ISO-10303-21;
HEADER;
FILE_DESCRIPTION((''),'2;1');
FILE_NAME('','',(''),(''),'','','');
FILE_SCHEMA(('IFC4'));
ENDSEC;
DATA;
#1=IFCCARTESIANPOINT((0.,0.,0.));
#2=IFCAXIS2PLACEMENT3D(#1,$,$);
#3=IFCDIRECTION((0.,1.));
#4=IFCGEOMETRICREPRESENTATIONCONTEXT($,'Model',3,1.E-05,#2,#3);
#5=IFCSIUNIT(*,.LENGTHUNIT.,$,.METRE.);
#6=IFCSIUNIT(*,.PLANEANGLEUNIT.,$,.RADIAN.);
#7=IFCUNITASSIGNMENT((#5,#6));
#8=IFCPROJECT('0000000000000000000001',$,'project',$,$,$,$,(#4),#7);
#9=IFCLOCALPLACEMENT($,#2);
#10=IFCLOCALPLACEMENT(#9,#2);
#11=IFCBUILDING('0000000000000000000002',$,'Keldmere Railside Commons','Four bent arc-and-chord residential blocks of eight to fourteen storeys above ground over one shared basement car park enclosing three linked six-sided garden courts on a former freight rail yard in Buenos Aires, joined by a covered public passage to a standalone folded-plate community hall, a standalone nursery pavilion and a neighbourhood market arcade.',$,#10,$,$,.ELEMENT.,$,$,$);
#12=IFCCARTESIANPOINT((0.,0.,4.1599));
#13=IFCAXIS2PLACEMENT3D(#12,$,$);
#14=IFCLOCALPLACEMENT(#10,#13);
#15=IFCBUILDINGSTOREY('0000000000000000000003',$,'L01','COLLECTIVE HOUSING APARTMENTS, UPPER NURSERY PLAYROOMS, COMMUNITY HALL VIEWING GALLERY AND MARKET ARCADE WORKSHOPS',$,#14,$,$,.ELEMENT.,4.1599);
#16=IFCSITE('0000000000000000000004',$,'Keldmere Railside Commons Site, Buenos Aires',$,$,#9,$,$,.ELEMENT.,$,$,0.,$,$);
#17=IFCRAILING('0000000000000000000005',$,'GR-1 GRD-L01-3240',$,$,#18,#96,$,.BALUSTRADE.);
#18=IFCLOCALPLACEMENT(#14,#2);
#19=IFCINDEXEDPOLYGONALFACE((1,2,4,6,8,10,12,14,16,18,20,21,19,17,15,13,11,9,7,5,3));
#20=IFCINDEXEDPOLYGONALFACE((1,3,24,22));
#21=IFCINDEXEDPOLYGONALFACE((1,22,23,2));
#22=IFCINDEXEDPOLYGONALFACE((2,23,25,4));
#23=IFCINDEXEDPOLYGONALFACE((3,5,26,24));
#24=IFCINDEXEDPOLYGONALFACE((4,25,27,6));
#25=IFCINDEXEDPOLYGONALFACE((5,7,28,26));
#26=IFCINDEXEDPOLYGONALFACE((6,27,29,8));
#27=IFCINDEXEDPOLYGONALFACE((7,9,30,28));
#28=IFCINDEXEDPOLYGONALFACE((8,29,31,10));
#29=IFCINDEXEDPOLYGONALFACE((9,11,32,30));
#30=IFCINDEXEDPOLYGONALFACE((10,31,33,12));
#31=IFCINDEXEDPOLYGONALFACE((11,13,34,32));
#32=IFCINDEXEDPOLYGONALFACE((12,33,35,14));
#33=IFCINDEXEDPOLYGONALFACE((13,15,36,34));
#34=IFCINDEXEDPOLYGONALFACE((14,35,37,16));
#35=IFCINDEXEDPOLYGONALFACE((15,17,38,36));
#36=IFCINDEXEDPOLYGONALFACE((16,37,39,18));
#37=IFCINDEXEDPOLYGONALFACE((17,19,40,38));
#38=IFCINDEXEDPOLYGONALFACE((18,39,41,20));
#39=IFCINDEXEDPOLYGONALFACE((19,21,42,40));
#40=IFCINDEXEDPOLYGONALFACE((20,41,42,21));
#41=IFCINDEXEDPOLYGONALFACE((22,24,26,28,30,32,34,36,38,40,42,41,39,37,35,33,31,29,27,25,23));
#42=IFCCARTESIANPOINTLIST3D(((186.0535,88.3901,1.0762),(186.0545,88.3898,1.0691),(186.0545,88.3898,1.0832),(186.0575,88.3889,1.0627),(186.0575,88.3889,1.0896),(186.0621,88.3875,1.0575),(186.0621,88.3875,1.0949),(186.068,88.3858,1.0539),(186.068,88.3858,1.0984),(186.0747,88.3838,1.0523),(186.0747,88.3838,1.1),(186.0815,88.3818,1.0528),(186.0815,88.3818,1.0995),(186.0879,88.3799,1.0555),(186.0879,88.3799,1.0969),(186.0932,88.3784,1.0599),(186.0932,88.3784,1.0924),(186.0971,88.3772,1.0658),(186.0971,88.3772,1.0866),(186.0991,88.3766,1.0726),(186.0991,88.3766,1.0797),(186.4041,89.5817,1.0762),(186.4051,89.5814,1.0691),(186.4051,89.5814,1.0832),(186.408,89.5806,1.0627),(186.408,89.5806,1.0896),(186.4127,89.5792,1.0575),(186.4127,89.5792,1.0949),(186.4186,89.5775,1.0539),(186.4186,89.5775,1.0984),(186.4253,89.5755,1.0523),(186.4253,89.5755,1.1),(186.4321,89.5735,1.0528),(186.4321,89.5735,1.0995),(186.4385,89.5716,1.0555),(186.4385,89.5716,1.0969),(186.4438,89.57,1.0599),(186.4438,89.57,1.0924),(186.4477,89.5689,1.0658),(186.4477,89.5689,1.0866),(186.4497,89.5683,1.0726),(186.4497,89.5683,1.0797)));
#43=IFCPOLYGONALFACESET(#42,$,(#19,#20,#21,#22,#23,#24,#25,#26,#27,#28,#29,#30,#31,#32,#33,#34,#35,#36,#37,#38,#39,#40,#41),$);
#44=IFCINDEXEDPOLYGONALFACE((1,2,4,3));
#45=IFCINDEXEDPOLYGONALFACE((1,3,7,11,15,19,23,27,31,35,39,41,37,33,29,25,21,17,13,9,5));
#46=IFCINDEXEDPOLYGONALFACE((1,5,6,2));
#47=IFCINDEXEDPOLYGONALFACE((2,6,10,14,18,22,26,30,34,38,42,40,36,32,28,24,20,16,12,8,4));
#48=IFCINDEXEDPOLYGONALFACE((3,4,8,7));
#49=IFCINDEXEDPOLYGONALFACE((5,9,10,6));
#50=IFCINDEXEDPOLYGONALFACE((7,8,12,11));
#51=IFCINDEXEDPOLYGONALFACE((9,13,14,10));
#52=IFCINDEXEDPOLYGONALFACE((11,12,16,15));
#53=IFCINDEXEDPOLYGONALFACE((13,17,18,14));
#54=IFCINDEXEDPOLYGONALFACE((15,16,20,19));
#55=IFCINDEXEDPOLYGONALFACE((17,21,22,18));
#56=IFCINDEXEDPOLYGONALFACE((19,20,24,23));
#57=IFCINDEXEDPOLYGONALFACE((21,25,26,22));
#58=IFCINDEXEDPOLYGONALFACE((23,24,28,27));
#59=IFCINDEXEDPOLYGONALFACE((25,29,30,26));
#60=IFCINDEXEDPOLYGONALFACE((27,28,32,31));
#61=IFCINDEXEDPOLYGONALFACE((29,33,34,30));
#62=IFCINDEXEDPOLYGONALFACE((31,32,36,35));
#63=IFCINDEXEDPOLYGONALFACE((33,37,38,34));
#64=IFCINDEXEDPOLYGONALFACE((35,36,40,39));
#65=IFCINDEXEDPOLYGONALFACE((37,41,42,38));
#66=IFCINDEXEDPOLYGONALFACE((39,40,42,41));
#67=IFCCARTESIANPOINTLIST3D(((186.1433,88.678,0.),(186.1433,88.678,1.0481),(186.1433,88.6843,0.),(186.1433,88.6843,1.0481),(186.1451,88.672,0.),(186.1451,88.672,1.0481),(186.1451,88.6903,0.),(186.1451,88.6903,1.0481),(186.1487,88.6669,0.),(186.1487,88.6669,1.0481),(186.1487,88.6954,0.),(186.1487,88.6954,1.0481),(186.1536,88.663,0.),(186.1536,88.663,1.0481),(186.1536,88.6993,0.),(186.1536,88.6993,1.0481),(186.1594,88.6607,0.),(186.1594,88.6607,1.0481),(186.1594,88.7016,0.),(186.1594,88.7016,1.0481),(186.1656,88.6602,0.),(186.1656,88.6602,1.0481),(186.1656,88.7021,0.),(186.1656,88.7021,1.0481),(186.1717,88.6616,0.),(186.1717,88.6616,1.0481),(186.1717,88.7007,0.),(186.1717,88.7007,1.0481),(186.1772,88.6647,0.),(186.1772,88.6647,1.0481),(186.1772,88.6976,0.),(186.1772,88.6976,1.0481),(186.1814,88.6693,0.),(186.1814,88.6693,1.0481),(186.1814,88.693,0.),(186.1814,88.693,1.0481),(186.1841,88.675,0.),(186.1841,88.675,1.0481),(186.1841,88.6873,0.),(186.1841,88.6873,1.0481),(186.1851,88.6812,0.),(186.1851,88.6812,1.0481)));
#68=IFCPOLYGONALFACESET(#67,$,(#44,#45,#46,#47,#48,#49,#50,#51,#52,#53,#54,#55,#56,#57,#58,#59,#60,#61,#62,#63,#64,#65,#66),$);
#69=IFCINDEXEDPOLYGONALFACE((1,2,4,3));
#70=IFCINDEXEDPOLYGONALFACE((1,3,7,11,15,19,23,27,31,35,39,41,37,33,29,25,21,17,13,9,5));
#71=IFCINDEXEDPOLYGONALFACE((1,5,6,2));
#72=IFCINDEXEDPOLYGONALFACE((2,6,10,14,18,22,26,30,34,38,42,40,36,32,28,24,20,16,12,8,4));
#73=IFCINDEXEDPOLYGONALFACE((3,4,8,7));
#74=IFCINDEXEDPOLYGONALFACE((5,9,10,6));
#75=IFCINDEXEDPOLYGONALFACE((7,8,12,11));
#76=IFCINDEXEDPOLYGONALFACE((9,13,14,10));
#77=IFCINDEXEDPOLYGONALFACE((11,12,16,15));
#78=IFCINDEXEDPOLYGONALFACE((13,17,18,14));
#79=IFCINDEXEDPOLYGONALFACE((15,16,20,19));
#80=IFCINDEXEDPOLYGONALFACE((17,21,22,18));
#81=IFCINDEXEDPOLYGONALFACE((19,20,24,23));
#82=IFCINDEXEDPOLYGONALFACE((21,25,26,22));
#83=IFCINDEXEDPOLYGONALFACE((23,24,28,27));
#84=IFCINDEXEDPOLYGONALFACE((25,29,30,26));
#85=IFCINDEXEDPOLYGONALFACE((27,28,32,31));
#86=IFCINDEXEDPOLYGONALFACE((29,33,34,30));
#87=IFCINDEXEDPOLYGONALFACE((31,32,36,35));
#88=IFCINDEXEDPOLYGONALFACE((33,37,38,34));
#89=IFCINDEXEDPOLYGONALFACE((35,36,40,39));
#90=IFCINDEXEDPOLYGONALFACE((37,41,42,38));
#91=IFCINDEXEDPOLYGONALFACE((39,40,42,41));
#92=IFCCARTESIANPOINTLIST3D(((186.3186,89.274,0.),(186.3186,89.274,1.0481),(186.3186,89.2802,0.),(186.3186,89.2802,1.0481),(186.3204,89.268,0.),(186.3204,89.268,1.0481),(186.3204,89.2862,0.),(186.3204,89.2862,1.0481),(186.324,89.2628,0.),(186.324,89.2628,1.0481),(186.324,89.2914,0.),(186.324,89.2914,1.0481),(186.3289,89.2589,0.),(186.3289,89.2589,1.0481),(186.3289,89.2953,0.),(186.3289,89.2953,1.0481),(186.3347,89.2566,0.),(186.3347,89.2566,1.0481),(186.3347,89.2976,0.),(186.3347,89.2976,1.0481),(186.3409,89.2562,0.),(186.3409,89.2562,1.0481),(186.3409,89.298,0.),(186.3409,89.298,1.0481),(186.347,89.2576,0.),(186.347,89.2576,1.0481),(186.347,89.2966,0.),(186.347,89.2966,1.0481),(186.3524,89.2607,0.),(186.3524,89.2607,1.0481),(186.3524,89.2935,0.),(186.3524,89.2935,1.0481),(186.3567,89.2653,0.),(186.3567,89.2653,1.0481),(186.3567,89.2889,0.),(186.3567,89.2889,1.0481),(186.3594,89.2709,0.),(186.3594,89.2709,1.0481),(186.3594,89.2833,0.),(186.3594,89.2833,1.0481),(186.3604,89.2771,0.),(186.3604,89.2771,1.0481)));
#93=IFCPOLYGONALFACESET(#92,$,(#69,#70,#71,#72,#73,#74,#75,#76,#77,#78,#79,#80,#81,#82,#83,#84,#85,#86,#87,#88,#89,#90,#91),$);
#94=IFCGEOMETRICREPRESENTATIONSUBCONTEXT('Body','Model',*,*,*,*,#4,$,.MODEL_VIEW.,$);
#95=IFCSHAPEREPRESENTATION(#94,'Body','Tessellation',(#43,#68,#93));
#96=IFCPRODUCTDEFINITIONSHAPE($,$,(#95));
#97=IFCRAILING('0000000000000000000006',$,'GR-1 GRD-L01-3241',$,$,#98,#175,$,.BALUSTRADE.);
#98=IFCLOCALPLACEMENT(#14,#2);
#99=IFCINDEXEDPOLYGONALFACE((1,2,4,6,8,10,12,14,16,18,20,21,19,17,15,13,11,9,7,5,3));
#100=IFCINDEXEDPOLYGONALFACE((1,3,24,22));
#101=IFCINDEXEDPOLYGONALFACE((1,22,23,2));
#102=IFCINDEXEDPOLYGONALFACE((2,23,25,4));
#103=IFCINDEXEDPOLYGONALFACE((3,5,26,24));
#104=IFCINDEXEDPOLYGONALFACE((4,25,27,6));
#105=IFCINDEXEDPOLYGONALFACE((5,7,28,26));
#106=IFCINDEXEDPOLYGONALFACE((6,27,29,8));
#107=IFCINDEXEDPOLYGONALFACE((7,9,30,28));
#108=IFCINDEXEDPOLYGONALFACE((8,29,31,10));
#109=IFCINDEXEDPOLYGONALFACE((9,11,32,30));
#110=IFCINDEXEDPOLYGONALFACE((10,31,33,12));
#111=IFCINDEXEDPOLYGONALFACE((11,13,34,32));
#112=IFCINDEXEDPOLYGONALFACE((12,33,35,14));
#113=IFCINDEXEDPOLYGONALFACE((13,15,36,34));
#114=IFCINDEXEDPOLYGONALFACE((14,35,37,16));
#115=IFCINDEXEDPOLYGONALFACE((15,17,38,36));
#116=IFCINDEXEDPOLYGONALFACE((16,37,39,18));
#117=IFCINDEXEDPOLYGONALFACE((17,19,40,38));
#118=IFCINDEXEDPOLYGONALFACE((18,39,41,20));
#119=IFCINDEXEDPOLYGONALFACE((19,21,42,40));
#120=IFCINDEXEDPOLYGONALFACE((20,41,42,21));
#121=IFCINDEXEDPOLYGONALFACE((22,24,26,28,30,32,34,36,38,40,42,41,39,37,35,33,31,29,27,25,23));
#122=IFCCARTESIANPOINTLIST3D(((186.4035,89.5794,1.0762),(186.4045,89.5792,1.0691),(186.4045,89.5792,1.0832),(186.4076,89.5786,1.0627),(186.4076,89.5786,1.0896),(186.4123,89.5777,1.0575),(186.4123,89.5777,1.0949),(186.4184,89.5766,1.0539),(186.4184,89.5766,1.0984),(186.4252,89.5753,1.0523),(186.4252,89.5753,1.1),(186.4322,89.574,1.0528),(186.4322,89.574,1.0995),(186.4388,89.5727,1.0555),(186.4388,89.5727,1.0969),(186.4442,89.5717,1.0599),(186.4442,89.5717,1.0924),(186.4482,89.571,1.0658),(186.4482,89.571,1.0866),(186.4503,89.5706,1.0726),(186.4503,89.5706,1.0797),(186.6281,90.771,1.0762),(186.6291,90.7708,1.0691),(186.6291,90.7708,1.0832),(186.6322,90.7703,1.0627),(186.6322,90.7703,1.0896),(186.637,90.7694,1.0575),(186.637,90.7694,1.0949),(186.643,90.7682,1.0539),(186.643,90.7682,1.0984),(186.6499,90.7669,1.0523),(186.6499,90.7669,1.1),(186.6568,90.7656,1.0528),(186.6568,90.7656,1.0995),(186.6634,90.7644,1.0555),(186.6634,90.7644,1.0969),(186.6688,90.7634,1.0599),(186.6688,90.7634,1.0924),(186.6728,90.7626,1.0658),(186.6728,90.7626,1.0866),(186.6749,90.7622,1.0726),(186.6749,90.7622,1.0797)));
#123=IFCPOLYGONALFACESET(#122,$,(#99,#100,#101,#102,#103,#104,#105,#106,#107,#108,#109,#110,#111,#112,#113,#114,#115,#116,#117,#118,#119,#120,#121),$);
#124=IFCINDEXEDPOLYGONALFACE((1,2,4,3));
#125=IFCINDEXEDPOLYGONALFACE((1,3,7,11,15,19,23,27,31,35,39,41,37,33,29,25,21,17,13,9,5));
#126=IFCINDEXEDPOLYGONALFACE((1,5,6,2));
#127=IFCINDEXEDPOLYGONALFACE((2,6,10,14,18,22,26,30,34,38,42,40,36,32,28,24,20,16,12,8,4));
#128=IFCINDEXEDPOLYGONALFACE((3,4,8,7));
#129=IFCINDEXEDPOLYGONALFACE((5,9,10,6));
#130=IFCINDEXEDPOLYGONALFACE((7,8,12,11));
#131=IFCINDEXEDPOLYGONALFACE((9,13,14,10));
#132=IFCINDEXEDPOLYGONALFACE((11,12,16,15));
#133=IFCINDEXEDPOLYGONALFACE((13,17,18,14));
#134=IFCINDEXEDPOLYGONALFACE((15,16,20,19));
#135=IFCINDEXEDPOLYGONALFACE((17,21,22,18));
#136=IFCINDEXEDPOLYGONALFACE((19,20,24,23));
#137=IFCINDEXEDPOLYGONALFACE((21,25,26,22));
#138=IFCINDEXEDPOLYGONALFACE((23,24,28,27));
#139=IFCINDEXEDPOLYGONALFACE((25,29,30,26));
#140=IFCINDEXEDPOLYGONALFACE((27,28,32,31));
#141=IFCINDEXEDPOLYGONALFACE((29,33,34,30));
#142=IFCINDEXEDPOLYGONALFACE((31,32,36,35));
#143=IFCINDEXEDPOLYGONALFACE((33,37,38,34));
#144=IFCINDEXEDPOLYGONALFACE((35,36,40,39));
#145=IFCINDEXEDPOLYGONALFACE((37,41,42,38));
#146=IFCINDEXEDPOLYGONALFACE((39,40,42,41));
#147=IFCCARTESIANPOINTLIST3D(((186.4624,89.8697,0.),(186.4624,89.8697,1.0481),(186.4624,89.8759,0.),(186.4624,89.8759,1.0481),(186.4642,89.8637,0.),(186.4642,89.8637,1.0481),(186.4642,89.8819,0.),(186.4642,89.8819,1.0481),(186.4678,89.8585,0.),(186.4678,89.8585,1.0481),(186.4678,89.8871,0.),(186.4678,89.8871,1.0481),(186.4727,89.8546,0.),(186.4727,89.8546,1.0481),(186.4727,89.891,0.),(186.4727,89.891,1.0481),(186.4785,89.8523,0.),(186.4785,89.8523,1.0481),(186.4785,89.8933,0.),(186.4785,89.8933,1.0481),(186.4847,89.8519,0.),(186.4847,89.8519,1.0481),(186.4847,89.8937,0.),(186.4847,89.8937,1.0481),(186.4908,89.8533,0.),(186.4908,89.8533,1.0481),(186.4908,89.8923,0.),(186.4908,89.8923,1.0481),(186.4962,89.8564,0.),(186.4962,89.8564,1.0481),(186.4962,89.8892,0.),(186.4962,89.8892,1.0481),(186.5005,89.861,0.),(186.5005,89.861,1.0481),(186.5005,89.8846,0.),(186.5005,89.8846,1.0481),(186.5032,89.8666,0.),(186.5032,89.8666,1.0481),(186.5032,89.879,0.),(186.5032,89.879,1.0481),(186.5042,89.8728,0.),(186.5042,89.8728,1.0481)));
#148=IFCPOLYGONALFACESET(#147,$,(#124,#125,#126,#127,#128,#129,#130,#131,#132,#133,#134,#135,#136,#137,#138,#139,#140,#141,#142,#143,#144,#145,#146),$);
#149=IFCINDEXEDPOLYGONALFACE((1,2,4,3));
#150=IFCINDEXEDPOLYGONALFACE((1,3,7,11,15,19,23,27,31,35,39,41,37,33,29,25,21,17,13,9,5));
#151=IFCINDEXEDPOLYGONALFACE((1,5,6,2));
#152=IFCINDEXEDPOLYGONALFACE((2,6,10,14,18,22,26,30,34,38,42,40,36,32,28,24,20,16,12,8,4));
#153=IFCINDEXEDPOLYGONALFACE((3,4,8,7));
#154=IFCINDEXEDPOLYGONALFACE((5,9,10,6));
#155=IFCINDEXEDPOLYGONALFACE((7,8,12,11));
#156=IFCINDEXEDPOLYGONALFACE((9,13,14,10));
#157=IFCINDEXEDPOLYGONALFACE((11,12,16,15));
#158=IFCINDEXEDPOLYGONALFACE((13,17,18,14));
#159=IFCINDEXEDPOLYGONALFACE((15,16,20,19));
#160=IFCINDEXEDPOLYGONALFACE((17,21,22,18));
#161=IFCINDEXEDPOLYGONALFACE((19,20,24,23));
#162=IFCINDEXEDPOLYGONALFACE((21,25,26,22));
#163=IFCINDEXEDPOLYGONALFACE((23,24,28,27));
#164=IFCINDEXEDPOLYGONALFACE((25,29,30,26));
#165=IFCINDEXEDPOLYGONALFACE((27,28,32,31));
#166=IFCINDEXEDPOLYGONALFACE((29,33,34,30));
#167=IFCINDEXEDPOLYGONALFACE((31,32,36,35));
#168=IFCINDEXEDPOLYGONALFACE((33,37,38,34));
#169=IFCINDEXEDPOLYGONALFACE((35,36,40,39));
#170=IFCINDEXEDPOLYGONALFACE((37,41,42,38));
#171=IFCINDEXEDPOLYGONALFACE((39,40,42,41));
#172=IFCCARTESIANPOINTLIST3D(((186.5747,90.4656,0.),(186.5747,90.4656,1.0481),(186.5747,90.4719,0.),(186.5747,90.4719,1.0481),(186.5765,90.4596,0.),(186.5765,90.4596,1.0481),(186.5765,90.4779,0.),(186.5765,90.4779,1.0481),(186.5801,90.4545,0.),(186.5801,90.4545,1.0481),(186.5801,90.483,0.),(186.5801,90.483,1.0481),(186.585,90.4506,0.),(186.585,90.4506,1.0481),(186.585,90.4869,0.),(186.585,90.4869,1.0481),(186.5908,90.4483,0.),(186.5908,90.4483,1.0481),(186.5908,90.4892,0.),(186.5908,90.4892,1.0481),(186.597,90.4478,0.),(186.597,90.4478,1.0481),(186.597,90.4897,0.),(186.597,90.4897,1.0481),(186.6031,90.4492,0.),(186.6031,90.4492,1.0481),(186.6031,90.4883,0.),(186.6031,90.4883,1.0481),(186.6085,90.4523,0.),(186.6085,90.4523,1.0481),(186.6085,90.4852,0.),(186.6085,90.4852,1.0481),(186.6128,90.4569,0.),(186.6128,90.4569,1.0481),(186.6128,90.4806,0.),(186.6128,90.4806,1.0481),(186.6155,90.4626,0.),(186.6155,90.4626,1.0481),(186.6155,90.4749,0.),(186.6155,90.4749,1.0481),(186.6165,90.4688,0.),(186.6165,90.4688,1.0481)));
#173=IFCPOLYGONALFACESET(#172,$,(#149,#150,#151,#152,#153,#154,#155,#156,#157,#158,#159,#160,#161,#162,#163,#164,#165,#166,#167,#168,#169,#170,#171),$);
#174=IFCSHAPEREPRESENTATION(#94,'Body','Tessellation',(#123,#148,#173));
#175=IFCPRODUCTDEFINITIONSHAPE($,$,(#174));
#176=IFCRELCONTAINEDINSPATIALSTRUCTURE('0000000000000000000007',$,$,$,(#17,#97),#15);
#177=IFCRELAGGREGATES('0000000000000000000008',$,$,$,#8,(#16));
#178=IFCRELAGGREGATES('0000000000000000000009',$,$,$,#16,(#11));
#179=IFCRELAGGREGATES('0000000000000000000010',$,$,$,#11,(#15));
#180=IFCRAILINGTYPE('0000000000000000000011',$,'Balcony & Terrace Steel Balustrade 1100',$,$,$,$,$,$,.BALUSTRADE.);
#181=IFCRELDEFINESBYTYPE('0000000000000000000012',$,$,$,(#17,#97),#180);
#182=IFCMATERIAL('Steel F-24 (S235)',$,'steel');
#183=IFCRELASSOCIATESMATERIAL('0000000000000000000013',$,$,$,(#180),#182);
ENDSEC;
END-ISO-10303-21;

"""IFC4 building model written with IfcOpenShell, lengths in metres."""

from ifc_helpers import new_model, si_unit, direction, frame, origin, origin_2d, place, context, subcontext, project, spatial, circle, extrude, material, type_object, element, save


model = new_model("IFC4")

# Units and contexts
model_context = context("Model", 3, precision=1e-05, world=origin(), true_north=direction((0.0, 1.0)))
body_context = subcontext(model_context, "Body", "Model", "MODEL_VIEW")
ifc_project = project(units=[si_unit("LENGTHUNIT", "METRE"), si_unit("PLANEANGLEUNIT", "RADIAN")], contexts=[model_context])

# Site, building, storey
site_placement = place(None, origin())
site = spatial("IfcSite", under=ifc_project, at=site_placement, Name="Keldmere Railside Commons Site, Buenos Aires", CompositionType="ELEMENT", RefElevation=0.0)
building_placement = place(site_placement, origin())
building = spatial("IfcBuilding", under=site, at=building_placement, Name="Keldmere Railside Commons", Description="Four bent arc-and-chord residential blocks of eight to fourteen storeys above ground over one shared basement car park enclosing three linked six-sided garden courts on a former freight rail yard in Buenos Aires, joined by a covered public passage to a standalone folded-plate community hall, a standalone nursery pavilion and a neighbourhood market arcade.", CompositionType="ELEMENT")
storey_placement = place(building_placement, frame((0.0, 0.0, 4.1599)))
storey = spatial("IfcBuildingStorey", under=building, at=storey_placement, Name="L01", Description="COLLECTIVE HOUSING APARTMENTS, UPPER NURSERY PLAYROOMS, COMMUNITY HALL VIEWING GALLERY AND MARKET ARCADE WORKSHOPS", CompositionType="ELEMENT", Elevation=4.1599)

# Railings
ifc_material_1 = material(Name="Steel F-24 (S235)", Category="steel")
railing_type = type_object("IfcRailingType", Name="Balcony & Terrace Steel Balustrade 1100", PredefinedType="BALUSTRADE", material=ifc_material_1)
railing_1_placement = place(storey_placement, frame((186.0764, 88.3833, 0.0)))
element("IfcRailing", 1, at=railing_1_placement, inside=storey, type_object=railing_type, Name="GR-1 GRD-L01-3240", PredefinedType="BALUSTRADE", context=body_context, shape_type="SweptSolid", body=[
    extrude(circle(Radius=0.0239, at=origin_2d()), frame((0.0, 0.0, 1.0762), z_axis=(0.282241, 0.959344, 0.0), x_axis=(-0.959344, 0.282241, 0.0)), (0.0, 0.0, 1.0), 1.2422),
    extrude(circle(Radius=0.021, at=origin_2d()), frame((0.0876, 0.2979, 0.0)), (0.0, 0.0, 1.0), 1.0481),
    extrude(circle(Radius=0.021, at=origin_2d()), frame((0.2629, 0.8938, 0.0)), (0.0, 0.0, 1.0), 1.0481),
])
railing_2_placement = place(storey_placement, frame((186.427, 89.575, 0.0)))
element("IfcRailing", 2, at=railing_2_placement, inside=storey, type_object=railing_type, Name="GR-1 GRD-L01-3241", PredefinedType="BALUSTRADE", context=body_context, shape_type="SweptSolid", body=[
    extrude(circle(Radius=0.0239, at=origin_2d()), frame((0.0, 0.0, 1.0762), z_axis=(0.185224, 0.982696, 0.0), x_axis=(-0.982696, 0.185224, 0.0)), (0.0, 0.0, 1.0), 1.2126),
    extrude(circle(Radius=0.021, at=origin_2d()), frame((0.0562, 0.2979, 0.0)), (0.0, 0.0, 1.0), 1.0481),
    extrude(circle(Radius=0.021, at=origin_2d()), frame((0.1685, 0.8938, 0.0)), (0.0, 0.0, 1.0), 1.0481),
])

save(model, "model.ifc")
